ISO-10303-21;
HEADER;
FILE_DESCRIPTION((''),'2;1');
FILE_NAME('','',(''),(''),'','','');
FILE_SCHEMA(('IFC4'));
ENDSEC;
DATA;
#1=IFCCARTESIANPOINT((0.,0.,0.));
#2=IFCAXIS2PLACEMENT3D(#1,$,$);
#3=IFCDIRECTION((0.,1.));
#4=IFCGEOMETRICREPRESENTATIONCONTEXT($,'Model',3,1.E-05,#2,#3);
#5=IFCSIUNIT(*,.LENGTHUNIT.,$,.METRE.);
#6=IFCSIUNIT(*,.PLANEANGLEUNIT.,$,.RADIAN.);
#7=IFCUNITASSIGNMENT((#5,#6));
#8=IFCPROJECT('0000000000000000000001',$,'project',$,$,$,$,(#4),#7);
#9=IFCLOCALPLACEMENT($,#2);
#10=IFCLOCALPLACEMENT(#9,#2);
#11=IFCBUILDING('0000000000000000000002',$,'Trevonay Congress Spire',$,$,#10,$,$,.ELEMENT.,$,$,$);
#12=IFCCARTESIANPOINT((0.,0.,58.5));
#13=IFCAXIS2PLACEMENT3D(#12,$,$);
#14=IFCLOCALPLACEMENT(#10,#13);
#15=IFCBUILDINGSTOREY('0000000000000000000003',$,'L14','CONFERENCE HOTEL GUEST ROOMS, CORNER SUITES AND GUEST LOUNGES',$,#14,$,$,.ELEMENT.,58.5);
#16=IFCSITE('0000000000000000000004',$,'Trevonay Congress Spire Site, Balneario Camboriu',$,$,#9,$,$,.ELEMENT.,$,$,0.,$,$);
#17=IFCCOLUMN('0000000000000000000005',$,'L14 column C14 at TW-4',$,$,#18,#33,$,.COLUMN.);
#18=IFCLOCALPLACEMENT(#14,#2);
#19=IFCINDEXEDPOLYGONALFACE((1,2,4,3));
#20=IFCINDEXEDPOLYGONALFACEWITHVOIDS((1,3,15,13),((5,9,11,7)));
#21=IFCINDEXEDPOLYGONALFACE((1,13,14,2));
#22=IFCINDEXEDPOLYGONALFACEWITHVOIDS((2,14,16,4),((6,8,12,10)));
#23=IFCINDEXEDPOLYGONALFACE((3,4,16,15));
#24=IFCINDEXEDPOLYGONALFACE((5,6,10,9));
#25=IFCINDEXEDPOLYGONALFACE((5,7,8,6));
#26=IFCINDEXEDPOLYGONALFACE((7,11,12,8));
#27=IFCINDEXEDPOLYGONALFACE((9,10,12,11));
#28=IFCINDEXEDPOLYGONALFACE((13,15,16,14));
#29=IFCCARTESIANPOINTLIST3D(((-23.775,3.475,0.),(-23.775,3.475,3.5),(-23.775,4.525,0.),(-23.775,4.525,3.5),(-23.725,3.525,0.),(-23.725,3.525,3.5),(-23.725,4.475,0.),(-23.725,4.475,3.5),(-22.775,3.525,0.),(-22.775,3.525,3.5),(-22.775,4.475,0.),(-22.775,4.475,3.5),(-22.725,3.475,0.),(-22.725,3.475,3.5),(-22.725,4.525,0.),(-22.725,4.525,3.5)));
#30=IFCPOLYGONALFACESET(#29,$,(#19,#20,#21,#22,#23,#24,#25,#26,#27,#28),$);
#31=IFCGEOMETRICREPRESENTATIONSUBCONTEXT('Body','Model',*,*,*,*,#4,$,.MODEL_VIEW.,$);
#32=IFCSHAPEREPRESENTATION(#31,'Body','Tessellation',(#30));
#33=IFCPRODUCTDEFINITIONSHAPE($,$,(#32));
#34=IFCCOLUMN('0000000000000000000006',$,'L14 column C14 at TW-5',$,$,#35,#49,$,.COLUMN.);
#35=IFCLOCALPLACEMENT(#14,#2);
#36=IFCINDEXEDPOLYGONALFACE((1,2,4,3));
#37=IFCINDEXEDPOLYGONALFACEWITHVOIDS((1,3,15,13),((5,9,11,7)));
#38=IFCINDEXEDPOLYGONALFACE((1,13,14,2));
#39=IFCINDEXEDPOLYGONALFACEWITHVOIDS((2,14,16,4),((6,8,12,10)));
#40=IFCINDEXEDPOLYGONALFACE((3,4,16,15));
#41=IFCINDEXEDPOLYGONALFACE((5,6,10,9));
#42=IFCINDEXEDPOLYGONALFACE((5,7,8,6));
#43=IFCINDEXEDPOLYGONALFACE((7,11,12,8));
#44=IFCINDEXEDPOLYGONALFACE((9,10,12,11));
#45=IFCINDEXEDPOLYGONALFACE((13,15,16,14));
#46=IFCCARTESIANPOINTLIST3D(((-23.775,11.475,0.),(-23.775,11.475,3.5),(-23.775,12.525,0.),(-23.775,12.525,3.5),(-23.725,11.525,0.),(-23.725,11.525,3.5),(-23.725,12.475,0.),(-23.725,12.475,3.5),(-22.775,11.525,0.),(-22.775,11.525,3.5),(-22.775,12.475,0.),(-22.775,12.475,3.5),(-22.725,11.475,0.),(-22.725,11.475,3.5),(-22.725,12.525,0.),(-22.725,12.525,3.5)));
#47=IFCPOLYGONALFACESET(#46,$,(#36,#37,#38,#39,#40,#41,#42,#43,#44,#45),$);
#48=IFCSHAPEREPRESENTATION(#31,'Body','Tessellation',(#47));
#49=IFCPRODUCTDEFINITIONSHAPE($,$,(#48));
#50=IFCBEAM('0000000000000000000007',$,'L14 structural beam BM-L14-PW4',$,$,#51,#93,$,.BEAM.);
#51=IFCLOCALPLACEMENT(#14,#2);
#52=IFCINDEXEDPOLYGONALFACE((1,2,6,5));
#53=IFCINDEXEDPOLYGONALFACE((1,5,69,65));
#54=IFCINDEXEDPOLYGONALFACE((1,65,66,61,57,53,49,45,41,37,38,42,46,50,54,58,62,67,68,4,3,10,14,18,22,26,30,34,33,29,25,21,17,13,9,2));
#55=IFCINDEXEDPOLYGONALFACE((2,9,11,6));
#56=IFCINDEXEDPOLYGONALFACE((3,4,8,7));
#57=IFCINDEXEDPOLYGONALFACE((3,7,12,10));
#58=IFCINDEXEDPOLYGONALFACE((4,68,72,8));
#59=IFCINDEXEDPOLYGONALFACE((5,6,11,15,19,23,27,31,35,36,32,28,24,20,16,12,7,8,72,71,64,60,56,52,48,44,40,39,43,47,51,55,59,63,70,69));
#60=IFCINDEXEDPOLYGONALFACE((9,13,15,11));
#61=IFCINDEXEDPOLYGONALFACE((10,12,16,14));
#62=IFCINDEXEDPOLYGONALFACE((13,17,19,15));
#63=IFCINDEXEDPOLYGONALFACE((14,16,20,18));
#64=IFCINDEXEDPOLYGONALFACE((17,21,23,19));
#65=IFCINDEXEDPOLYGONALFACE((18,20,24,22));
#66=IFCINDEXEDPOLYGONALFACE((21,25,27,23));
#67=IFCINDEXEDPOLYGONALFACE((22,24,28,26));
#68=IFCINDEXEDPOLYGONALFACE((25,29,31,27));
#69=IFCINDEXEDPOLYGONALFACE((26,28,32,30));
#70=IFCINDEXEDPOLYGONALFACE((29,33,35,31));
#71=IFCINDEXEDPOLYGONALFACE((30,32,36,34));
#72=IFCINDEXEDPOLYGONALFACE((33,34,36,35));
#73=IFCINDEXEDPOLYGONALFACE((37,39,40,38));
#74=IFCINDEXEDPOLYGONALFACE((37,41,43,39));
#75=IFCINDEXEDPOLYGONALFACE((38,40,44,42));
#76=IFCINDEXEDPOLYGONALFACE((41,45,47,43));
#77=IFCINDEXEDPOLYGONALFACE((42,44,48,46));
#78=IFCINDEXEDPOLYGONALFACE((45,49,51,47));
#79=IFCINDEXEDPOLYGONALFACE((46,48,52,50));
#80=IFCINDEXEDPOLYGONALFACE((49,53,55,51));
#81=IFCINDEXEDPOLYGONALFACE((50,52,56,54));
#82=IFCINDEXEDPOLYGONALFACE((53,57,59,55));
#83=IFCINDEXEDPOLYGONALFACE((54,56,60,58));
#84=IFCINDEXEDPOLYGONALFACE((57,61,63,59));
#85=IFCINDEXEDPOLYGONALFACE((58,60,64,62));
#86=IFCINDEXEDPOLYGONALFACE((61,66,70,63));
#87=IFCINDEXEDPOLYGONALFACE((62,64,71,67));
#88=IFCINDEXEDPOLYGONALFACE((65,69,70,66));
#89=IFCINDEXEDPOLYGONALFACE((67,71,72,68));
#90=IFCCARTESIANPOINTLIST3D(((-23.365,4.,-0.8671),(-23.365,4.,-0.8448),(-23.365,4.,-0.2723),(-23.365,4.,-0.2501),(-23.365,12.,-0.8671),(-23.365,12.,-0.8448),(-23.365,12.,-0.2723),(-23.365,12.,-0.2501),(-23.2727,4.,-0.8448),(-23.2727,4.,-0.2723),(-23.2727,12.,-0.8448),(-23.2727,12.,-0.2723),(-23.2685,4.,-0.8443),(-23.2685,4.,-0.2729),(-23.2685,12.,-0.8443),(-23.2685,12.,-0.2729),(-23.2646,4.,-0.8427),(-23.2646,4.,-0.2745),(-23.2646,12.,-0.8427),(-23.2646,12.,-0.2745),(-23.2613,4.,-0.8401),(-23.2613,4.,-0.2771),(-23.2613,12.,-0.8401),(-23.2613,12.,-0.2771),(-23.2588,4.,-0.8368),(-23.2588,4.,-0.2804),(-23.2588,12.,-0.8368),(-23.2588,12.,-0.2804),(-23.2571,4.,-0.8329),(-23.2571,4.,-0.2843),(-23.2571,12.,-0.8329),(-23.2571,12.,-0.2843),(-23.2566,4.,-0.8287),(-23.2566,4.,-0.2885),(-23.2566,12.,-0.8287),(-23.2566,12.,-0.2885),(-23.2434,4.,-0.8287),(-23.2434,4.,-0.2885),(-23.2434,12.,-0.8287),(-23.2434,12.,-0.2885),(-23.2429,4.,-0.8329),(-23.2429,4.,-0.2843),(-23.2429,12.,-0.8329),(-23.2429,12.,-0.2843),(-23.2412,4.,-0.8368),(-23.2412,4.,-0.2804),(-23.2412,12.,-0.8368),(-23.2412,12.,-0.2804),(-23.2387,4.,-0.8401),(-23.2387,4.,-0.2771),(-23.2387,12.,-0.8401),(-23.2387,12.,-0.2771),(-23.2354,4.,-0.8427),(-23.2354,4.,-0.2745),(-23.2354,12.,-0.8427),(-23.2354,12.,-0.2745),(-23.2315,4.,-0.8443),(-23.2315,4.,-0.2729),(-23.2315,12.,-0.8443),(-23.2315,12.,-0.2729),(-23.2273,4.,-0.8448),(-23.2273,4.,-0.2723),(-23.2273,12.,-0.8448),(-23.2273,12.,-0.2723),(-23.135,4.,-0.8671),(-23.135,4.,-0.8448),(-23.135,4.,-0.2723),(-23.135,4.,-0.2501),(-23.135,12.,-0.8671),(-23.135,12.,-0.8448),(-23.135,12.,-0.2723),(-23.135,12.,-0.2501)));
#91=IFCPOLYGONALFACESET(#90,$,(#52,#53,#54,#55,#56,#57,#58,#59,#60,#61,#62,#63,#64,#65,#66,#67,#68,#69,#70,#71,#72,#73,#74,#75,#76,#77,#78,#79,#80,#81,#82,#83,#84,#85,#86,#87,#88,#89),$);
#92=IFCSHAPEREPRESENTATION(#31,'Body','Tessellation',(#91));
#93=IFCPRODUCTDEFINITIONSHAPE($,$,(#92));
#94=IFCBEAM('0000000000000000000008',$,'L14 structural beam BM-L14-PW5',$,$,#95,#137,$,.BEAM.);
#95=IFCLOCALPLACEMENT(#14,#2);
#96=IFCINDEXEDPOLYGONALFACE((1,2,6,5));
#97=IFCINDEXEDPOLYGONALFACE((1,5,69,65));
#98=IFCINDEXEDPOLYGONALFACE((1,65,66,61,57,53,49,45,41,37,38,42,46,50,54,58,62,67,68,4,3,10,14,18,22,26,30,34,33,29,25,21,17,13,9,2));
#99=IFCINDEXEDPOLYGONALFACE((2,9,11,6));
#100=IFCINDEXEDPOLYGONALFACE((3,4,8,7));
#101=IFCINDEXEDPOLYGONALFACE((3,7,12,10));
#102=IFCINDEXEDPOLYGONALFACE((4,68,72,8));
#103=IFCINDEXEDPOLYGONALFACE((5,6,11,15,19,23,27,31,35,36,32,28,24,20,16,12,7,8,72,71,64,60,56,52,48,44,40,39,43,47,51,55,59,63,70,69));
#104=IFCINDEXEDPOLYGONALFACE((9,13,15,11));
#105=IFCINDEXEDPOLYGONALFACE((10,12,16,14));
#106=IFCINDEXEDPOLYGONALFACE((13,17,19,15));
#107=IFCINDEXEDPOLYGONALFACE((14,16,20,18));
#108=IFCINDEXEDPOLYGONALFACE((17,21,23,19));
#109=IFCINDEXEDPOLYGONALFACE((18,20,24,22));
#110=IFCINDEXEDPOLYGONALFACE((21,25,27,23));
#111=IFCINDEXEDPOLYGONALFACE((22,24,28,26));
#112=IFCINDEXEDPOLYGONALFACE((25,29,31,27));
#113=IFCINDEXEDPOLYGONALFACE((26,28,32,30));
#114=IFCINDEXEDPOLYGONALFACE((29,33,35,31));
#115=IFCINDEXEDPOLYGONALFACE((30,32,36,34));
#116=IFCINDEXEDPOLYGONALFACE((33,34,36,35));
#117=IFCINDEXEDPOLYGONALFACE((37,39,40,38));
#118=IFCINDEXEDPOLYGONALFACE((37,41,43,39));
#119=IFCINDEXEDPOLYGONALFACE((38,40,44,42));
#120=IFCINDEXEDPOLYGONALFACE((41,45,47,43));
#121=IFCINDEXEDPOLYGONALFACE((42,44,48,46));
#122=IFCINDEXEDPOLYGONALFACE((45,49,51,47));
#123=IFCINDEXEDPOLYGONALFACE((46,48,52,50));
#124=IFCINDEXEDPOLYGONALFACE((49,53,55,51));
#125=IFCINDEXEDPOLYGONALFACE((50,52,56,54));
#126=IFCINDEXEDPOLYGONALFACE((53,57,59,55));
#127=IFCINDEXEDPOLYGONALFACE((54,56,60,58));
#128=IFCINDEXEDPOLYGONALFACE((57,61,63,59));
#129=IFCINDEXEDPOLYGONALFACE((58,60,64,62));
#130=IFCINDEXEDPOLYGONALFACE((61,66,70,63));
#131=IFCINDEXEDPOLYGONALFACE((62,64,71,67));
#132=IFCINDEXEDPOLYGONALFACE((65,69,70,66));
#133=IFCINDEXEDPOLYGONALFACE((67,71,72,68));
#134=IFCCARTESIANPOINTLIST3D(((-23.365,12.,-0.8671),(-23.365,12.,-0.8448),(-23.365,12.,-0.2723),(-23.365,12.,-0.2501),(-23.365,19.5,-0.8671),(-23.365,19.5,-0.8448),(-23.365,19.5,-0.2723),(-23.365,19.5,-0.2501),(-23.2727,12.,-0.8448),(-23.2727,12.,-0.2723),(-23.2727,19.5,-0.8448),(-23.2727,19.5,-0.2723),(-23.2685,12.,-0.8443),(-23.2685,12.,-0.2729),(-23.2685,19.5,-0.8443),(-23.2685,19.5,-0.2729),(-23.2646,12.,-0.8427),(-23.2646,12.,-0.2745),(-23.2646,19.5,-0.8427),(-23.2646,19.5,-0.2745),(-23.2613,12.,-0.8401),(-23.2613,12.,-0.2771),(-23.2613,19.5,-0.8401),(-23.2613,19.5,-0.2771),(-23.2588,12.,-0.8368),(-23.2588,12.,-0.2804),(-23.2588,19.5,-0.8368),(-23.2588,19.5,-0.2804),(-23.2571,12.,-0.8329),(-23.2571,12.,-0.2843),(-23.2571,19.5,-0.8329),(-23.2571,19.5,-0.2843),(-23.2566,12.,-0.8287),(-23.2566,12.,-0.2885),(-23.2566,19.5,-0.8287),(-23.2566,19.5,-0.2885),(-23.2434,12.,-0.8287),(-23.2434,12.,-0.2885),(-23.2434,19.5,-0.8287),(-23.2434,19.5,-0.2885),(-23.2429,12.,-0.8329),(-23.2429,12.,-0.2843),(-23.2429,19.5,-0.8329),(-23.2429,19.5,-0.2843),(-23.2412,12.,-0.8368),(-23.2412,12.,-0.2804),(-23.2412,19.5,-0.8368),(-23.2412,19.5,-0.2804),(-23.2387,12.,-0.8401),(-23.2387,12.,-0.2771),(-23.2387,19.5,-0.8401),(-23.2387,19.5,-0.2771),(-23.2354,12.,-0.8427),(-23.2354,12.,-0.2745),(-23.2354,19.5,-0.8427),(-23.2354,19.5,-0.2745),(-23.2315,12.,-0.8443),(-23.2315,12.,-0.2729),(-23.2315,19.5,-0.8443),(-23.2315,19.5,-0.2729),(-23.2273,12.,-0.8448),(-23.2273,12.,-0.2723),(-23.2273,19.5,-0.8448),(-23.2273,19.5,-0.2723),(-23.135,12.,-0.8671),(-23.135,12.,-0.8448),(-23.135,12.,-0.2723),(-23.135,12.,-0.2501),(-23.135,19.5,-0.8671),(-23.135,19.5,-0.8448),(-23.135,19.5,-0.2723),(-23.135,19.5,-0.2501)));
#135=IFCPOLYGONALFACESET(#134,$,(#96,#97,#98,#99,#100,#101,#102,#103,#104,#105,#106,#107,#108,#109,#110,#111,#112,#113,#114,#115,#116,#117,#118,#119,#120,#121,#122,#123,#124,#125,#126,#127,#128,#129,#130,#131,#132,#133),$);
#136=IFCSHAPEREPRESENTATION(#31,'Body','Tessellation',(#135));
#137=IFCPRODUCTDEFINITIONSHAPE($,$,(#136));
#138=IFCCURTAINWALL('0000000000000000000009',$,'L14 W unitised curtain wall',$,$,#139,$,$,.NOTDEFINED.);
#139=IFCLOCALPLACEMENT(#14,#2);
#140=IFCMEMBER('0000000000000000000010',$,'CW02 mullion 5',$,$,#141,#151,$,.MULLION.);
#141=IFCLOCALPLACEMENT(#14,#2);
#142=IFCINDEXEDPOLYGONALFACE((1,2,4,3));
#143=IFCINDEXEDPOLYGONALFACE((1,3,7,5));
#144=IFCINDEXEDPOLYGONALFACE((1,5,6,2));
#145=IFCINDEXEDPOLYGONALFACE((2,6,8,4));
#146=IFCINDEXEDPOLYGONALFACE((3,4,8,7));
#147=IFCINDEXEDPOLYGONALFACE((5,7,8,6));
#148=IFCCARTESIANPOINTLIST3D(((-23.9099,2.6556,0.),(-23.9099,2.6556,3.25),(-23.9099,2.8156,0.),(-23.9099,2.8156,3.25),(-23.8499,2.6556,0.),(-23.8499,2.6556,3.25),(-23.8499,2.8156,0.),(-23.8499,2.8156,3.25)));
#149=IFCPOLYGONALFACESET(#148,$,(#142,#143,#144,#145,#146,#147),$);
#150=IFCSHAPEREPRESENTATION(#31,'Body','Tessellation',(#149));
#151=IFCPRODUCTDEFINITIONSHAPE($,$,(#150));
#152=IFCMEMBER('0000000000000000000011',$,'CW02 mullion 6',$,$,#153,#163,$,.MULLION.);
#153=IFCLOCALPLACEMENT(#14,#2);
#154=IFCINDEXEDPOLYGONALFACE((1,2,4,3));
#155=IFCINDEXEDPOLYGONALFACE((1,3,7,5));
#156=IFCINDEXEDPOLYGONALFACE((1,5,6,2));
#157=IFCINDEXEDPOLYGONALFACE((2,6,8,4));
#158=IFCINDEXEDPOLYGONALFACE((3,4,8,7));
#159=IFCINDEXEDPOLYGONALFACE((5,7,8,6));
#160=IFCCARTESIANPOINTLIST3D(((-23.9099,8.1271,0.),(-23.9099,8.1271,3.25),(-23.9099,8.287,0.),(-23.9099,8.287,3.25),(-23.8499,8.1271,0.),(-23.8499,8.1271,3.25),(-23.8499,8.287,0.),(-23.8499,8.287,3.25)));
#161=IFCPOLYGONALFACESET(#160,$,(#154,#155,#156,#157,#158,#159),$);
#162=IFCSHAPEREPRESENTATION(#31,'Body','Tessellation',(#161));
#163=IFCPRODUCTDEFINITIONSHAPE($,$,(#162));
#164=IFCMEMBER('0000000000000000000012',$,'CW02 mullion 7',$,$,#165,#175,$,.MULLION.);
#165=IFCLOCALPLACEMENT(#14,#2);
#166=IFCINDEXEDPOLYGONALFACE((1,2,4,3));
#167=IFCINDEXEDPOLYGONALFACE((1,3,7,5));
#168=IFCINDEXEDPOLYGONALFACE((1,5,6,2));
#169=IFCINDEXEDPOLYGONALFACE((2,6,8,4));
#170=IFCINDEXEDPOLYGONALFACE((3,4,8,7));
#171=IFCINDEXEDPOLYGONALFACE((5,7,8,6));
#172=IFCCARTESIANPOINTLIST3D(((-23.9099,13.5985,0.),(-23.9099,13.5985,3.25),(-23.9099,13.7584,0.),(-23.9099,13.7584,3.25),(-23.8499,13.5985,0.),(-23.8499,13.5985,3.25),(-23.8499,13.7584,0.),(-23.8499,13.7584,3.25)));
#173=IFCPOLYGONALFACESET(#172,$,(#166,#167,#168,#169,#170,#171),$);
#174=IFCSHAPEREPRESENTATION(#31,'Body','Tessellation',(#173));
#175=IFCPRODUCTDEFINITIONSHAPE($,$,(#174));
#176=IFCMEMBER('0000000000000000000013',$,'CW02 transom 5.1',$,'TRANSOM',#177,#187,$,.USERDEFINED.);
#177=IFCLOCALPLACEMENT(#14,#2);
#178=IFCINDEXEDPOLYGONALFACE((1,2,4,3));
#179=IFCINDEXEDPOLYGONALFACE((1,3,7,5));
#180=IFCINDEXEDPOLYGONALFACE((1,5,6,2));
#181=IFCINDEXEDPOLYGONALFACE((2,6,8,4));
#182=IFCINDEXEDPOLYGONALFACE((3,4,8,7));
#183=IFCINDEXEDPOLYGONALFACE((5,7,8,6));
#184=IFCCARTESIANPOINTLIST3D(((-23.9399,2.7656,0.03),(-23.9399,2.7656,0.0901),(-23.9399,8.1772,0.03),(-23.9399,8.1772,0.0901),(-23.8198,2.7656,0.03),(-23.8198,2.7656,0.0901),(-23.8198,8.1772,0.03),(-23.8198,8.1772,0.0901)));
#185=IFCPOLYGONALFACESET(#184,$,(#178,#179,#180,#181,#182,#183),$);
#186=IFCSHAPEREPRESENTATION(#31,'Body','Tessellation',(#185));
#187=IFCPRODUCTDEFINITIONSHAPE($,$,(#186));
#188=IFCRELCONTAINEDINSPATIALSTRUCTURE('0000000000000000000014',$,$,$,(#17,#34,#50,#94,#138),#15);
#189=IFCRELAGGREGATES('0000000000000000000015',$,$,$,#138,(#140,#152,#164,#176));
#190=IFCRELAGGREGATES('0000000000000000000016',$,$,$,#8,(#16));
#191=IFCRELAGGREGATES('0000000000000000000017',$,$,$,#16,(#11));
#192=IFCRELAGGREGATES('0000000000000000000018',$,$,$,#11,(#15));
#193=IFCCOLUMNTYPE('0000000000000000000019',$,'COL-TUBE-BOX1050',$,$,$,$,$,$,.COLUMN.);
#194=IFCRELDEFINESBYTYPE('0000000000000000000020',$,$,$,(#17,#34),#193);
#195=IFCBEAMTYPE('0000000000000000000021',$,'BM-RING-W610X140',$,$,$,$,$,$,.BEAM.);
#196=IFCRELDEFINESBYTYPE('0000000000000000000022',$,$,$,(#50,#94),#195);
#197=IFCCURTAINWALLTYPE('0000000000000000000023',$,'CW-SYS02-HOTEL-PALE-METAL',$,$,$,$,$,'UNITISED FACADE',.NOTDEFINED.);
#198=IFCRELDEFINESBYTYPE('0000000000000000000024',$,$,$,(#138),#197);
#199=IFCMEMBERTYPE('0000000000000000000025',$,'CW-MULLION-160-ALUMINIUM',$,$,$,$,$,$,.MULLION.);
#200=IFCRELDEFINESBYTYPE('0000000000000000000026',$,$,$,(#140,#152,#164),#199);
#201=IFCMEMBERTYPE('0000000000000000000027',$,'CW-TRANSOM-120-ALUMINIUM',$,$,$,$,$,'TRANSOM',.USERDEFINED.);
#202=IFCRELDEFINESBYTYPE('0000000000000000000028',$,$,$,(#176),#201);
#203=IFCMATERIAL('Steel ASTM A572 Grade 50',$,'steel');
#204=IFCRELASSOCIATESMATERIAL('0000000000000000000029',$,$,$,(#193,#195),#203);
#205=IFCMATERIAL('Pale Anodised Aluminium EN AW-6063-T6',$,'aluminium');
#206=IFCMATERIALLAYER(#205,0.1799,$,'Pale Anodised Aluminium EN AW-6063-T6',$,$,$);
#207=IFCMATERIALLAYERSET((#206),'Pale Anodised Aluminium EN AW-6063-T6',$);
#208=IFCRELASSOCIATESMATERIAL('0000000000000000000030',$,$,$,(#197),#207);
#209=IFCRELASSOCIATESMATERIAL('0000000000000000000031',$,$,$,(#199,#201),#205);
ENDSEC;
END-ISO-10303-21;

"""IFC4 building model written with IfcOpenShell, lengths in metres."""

from ifc_helpers import new_model, si_unit, direction, frame, origin, origin_2d, place, context, subcontext, project, spatial, rectangle, hollow_rectangle, i_section, extrude, material, layer, layer_set, material_profile, profile_set, type_object, element, aggregate, save


model = new_model("IFC4")

# Units and contexts
model_context = context("Model", 3, precision=1e-05, world=origin(), true_north=direction((0.0, 1.0)))
body_context = subcontext(model_context, "Body", "Model", "MODEL_VIEW")
ifc_project = project(units=[si_unit("LENGTHUNIT", "METRE"), si_unit("PLANEANGLEUNIT", "RADIAN")], contexts=[model_context])

# Site, building, storey
site_placement = place(None, origin())
site = spatial("IfcSite", under=ifc_project, at=site_placement, Name="Trevonay Congress Spire Site, Balneario Camboriu", CompositionType="ELEMENT", RefElevation=0.0)
building_placement = place(site_placement, origin())
building = spatial("IfcBuilding", under=site, at=building_placement, Name="Trevonay Congress Spire", CompositionType="ELEMENT")
storey_placement = place(building_placement, frame((0.0, 0.0, 58.5)))
storey = spatial("IfcBuildingStorey", under=building, at=storey_placement, Name="L14", Description="CONFERENCE HOTEL GUEST ROOMS, CORNER SUITES AND GUEST LOUNGES", CompositionType="ELEMENT", Elevation=58.5)

# Columns
ifc_material_1 = material(Name="Steel ASTM A572 Grade 50", Category="steel")
ifc_material_profile_1 = material_profile(ifc_material_1, hollow_rectangle(XDim=1.05, YDim=1.05, WallThickness=0.05, at=origin_2d()), Name="BOX 1050x1050x50")
ifc_profile_set_1 = profile_set([ifc_material_profile_1], Name="Steel ASTM A572 Grade 50")
column_type = type_object("IfcColumnType", Name="COL-TUBE-BOX1050", PredefinedType="COLUMN", material=ifc_profile_set_1)
for number, where, z_axis, x_axis, name in (
    (1, (-23.25, 4.0, 0.0), (0.0, 0.0, 1.0), (1.0, 0.0, 0.0), "L14 column C14 at TW-4"),
    (2, (-23.25, 12.0, 0.0), (0.0, 0.0, 1.0), (1.0, 0.0, 0.0), "L14 column C14 at TW-5"),
):
    element("IfcColumn", number, at=place(storey_placement, frame(where, z_axis=z_axis, x_axis=x_axis)), inside=storey, type_object=column_type, Name=name, PredefinedType="COLUMN", context=body_context, shape_type="SweptSolid", body=[
        extrude(hollow_rectangle(XDim=1.05, YDim=1.05, WallThickness=0.05, at=origin_2d()), origin(), (0.0, 0.0, 1.0), 3.5),
    ])

# Beams
ifc_material_profile_2 = material_profile(ifc_material_1, i_section(OverallWidth=0.23, OverallDepth=0.6169, WebThickness=0.0132, FlangeThickness=0.0222, FilletRadius=0.0161, at=origin_2d()), Name="W610x140")
ifc_profile_set_2 = profile_set([ifc_material_profile_2], Name="Steel ASTM A572 Grade 50")
beam_type = type_object("IfcBeamType", Name="BM-RING-W610X140", PredefinedType="BEAM", material=ifc_profile_set_2)
beam_1_placement = place(storey_placement, frame((-23.25, 4.0, -0.5586), z_axis=(0.0, 1.0, 0.0), x_axis=(-1.0, 0.0, 0.0)))
element("IfcBeam", 3, at=beam_1_placement, inside=storey, type_object=beam_type, Name="L14 structural beam BM-L14-PW4", PredefinedType="BEAM", context=body_context, shape_type="SweptSolid", body=[
    extrude(i_section(OverallWidth=0.23, OverallDepth=0.6169, WebThickness=0.0132, FlangeThickness=0.0222, FilletRadius=0.0161, at=origin_2d()), origin(), (0.0, 0.0, 1.0), 8.0),
])
beam_2_placement = place(storey_placement, frame((-23.25, 12.0, -0.5586), z_axis=(0.0, 1.0, 0.0), x_axis=(-1.0, 0.0, 0.0)))
element("IfcBeam", 4, at=beam_2_placement, inside=storey, type_object=beam_type, Name="L14 structural beam BM-L14-PW5", PredefinedType="BEAM", context=body_context, shape_type="SweptSolid", body=[
    extrude(i_section(OverallWidth=0.23, OverallDepth=0.6169, WebThickness=0.0132, FlangeThickness=0.0222, FilletRadius=0.0161, at=origin_2d()), origin(), (0.0, 0.0, 1.0), 7.5),
])

# Curtain wall, members
ifc_material_2 = material(Name="Pale Anodised Aluminium EN AW-6063-T6", Category="aluminium")
ifc_layer_1 = layer(ifc_material_2, 0.1799, Name="Pale Anodised Aluminium EN AW-6063-T6")
ifc_layer_set_1 = layer_set([ifc_layer_1], Name="Pale Anodised Aluminium EN AW-6063-T6")
curtain_wall_type = type_object("IfcCurtainWallType", Name="CW-SYS02-HOTEL-PALE-METAL", ElementType="UNITISED FACADE", PredefinedType="NOTDEFINED", material=ifc_layer_set_1)
curtain_wall_placement = place(storey_placement, origin())
curtain_wall = element("IfcCurtainWall", 5, at=curtain_wall_placement, inside=storey, type_object=curtain_wall_type, Name="L14 W unitised curtain wall", PredefinedType="NOTDEFINED")
ifc_material_profile_3 = material_profile(ifc_material_2, rectangle(XDim=0.0601, YDim=0.1599, at=origin_2d()), Name="CW-MULLION-160-ALUMINIUM")
ifc_profile_set_3 = profile_set([ifc_material_profile_3], Name="Pale Anodised Aluminium EN AW-6063-T6")
member_type_1 = type_object("IfcMemberType", Name="CW-MULLION-160-ALUMINIUM", PredefinedType="MULLION", material=ifc_profile_set_3)
member_1_placement = place(storey_placement, frame((-23.8799, 2.7356, 0.0), z_axis=(0.0, 0.0, 1.0), x_axis=(-1.0, 0.0, 0.0)))
member_1 = element("IfcMember", 6, at=member_1_placement, type_object=member_type_1, Name="CW02 mullion 5", PredefinedType="MULLION", context=body_context, shape_type="SweptSolid", body=[
    extrude(rectangle(XDim=0.0601, YDim=0.1599, at=origin_2d()), origin(), (0.0, 0.0, 1.0), 3.25),
])
member_2_placement = place(storey_placement, frame((-23.8799, 8.207, 0.0), z_axis=(0.0, 0.0, 1.0), x_axis=(-1.0, 0.0, 0.0)))
member_2 = element("IfcMember", 7, at=member_2_placement, type_object=member_type_1, Name="CW02 mullion 6", PredefinedType="MULLION", context=body_context, shape_type="SweptSolid", body=[
    extrude(rectangle(XDim=0.0601, YDim=0.1599, at=origin_2d()), origin(), (0.0, 0.0, 1.0), 3.25),
])
member_3_placement = place(storey_placement, frame((-23.8799, 13.6785, 0.0), z_axis=(0.0, 0.0, 1.0), x_axis=(-1.0, 0.0, 0.0)))
member_3 = element("IfcMember", 8, at=member_3_placement, type_object=member_type_1, Name="CW02 mullion 7", PredefinedType="MULLION", context=body_context, shape_type="SweptSolid", body=[
    extrude(rectangle(XDim=0.0601, YDim=0.1599, at=origin_2d()), origin(), (0.0, 0.0, 1.0), 3.25),
])
ifc_material_profile_4 = material_profile(ifc_material_2, rectangle(XDim=0.1201, YDim=0.0601, at=origin_2d()), Name="CW-TRANSOM-120-ALUMINIUM")
ifc_profile_set_4 = profile_set([ifc_material_profile_4], Name="Pale Anodised Aluminium EN AW-6063-T6")
member_type_2 = type_object("IfcMemberType", Name="CW-TRANSOM-120-ALUMINIUM", ElementType="TRANSOM", PredefinedType="USERDEFINED", material=ifc_profile_set_4)
member_4_placement = place(storey_placement, frame((-23.8799, 2.7656, 0.0601), z_axis=(0.0, 1.0, 0.0), x_axis=(-1.0, 0.0, 0.0)))
member_4 = element("IfcMember", 9, at=member_4_placement, type_object=member_type_2, Name="CW02 transom 5.1", ObjectType="TRANSOM", PredefinedType="USERDEFINED", context=body_context, shape_type="SweptSolid", body=[
    extrude(rectangle(XDim=0.1201, YDim=0.0601, at=origin_2d()), origin(), (0.0, 0.0, 1.0), 5.4116),
])
aggregate(curtain_wall, [member_1, member_2, member_3, member_4])

save(model, "model.ifc")
